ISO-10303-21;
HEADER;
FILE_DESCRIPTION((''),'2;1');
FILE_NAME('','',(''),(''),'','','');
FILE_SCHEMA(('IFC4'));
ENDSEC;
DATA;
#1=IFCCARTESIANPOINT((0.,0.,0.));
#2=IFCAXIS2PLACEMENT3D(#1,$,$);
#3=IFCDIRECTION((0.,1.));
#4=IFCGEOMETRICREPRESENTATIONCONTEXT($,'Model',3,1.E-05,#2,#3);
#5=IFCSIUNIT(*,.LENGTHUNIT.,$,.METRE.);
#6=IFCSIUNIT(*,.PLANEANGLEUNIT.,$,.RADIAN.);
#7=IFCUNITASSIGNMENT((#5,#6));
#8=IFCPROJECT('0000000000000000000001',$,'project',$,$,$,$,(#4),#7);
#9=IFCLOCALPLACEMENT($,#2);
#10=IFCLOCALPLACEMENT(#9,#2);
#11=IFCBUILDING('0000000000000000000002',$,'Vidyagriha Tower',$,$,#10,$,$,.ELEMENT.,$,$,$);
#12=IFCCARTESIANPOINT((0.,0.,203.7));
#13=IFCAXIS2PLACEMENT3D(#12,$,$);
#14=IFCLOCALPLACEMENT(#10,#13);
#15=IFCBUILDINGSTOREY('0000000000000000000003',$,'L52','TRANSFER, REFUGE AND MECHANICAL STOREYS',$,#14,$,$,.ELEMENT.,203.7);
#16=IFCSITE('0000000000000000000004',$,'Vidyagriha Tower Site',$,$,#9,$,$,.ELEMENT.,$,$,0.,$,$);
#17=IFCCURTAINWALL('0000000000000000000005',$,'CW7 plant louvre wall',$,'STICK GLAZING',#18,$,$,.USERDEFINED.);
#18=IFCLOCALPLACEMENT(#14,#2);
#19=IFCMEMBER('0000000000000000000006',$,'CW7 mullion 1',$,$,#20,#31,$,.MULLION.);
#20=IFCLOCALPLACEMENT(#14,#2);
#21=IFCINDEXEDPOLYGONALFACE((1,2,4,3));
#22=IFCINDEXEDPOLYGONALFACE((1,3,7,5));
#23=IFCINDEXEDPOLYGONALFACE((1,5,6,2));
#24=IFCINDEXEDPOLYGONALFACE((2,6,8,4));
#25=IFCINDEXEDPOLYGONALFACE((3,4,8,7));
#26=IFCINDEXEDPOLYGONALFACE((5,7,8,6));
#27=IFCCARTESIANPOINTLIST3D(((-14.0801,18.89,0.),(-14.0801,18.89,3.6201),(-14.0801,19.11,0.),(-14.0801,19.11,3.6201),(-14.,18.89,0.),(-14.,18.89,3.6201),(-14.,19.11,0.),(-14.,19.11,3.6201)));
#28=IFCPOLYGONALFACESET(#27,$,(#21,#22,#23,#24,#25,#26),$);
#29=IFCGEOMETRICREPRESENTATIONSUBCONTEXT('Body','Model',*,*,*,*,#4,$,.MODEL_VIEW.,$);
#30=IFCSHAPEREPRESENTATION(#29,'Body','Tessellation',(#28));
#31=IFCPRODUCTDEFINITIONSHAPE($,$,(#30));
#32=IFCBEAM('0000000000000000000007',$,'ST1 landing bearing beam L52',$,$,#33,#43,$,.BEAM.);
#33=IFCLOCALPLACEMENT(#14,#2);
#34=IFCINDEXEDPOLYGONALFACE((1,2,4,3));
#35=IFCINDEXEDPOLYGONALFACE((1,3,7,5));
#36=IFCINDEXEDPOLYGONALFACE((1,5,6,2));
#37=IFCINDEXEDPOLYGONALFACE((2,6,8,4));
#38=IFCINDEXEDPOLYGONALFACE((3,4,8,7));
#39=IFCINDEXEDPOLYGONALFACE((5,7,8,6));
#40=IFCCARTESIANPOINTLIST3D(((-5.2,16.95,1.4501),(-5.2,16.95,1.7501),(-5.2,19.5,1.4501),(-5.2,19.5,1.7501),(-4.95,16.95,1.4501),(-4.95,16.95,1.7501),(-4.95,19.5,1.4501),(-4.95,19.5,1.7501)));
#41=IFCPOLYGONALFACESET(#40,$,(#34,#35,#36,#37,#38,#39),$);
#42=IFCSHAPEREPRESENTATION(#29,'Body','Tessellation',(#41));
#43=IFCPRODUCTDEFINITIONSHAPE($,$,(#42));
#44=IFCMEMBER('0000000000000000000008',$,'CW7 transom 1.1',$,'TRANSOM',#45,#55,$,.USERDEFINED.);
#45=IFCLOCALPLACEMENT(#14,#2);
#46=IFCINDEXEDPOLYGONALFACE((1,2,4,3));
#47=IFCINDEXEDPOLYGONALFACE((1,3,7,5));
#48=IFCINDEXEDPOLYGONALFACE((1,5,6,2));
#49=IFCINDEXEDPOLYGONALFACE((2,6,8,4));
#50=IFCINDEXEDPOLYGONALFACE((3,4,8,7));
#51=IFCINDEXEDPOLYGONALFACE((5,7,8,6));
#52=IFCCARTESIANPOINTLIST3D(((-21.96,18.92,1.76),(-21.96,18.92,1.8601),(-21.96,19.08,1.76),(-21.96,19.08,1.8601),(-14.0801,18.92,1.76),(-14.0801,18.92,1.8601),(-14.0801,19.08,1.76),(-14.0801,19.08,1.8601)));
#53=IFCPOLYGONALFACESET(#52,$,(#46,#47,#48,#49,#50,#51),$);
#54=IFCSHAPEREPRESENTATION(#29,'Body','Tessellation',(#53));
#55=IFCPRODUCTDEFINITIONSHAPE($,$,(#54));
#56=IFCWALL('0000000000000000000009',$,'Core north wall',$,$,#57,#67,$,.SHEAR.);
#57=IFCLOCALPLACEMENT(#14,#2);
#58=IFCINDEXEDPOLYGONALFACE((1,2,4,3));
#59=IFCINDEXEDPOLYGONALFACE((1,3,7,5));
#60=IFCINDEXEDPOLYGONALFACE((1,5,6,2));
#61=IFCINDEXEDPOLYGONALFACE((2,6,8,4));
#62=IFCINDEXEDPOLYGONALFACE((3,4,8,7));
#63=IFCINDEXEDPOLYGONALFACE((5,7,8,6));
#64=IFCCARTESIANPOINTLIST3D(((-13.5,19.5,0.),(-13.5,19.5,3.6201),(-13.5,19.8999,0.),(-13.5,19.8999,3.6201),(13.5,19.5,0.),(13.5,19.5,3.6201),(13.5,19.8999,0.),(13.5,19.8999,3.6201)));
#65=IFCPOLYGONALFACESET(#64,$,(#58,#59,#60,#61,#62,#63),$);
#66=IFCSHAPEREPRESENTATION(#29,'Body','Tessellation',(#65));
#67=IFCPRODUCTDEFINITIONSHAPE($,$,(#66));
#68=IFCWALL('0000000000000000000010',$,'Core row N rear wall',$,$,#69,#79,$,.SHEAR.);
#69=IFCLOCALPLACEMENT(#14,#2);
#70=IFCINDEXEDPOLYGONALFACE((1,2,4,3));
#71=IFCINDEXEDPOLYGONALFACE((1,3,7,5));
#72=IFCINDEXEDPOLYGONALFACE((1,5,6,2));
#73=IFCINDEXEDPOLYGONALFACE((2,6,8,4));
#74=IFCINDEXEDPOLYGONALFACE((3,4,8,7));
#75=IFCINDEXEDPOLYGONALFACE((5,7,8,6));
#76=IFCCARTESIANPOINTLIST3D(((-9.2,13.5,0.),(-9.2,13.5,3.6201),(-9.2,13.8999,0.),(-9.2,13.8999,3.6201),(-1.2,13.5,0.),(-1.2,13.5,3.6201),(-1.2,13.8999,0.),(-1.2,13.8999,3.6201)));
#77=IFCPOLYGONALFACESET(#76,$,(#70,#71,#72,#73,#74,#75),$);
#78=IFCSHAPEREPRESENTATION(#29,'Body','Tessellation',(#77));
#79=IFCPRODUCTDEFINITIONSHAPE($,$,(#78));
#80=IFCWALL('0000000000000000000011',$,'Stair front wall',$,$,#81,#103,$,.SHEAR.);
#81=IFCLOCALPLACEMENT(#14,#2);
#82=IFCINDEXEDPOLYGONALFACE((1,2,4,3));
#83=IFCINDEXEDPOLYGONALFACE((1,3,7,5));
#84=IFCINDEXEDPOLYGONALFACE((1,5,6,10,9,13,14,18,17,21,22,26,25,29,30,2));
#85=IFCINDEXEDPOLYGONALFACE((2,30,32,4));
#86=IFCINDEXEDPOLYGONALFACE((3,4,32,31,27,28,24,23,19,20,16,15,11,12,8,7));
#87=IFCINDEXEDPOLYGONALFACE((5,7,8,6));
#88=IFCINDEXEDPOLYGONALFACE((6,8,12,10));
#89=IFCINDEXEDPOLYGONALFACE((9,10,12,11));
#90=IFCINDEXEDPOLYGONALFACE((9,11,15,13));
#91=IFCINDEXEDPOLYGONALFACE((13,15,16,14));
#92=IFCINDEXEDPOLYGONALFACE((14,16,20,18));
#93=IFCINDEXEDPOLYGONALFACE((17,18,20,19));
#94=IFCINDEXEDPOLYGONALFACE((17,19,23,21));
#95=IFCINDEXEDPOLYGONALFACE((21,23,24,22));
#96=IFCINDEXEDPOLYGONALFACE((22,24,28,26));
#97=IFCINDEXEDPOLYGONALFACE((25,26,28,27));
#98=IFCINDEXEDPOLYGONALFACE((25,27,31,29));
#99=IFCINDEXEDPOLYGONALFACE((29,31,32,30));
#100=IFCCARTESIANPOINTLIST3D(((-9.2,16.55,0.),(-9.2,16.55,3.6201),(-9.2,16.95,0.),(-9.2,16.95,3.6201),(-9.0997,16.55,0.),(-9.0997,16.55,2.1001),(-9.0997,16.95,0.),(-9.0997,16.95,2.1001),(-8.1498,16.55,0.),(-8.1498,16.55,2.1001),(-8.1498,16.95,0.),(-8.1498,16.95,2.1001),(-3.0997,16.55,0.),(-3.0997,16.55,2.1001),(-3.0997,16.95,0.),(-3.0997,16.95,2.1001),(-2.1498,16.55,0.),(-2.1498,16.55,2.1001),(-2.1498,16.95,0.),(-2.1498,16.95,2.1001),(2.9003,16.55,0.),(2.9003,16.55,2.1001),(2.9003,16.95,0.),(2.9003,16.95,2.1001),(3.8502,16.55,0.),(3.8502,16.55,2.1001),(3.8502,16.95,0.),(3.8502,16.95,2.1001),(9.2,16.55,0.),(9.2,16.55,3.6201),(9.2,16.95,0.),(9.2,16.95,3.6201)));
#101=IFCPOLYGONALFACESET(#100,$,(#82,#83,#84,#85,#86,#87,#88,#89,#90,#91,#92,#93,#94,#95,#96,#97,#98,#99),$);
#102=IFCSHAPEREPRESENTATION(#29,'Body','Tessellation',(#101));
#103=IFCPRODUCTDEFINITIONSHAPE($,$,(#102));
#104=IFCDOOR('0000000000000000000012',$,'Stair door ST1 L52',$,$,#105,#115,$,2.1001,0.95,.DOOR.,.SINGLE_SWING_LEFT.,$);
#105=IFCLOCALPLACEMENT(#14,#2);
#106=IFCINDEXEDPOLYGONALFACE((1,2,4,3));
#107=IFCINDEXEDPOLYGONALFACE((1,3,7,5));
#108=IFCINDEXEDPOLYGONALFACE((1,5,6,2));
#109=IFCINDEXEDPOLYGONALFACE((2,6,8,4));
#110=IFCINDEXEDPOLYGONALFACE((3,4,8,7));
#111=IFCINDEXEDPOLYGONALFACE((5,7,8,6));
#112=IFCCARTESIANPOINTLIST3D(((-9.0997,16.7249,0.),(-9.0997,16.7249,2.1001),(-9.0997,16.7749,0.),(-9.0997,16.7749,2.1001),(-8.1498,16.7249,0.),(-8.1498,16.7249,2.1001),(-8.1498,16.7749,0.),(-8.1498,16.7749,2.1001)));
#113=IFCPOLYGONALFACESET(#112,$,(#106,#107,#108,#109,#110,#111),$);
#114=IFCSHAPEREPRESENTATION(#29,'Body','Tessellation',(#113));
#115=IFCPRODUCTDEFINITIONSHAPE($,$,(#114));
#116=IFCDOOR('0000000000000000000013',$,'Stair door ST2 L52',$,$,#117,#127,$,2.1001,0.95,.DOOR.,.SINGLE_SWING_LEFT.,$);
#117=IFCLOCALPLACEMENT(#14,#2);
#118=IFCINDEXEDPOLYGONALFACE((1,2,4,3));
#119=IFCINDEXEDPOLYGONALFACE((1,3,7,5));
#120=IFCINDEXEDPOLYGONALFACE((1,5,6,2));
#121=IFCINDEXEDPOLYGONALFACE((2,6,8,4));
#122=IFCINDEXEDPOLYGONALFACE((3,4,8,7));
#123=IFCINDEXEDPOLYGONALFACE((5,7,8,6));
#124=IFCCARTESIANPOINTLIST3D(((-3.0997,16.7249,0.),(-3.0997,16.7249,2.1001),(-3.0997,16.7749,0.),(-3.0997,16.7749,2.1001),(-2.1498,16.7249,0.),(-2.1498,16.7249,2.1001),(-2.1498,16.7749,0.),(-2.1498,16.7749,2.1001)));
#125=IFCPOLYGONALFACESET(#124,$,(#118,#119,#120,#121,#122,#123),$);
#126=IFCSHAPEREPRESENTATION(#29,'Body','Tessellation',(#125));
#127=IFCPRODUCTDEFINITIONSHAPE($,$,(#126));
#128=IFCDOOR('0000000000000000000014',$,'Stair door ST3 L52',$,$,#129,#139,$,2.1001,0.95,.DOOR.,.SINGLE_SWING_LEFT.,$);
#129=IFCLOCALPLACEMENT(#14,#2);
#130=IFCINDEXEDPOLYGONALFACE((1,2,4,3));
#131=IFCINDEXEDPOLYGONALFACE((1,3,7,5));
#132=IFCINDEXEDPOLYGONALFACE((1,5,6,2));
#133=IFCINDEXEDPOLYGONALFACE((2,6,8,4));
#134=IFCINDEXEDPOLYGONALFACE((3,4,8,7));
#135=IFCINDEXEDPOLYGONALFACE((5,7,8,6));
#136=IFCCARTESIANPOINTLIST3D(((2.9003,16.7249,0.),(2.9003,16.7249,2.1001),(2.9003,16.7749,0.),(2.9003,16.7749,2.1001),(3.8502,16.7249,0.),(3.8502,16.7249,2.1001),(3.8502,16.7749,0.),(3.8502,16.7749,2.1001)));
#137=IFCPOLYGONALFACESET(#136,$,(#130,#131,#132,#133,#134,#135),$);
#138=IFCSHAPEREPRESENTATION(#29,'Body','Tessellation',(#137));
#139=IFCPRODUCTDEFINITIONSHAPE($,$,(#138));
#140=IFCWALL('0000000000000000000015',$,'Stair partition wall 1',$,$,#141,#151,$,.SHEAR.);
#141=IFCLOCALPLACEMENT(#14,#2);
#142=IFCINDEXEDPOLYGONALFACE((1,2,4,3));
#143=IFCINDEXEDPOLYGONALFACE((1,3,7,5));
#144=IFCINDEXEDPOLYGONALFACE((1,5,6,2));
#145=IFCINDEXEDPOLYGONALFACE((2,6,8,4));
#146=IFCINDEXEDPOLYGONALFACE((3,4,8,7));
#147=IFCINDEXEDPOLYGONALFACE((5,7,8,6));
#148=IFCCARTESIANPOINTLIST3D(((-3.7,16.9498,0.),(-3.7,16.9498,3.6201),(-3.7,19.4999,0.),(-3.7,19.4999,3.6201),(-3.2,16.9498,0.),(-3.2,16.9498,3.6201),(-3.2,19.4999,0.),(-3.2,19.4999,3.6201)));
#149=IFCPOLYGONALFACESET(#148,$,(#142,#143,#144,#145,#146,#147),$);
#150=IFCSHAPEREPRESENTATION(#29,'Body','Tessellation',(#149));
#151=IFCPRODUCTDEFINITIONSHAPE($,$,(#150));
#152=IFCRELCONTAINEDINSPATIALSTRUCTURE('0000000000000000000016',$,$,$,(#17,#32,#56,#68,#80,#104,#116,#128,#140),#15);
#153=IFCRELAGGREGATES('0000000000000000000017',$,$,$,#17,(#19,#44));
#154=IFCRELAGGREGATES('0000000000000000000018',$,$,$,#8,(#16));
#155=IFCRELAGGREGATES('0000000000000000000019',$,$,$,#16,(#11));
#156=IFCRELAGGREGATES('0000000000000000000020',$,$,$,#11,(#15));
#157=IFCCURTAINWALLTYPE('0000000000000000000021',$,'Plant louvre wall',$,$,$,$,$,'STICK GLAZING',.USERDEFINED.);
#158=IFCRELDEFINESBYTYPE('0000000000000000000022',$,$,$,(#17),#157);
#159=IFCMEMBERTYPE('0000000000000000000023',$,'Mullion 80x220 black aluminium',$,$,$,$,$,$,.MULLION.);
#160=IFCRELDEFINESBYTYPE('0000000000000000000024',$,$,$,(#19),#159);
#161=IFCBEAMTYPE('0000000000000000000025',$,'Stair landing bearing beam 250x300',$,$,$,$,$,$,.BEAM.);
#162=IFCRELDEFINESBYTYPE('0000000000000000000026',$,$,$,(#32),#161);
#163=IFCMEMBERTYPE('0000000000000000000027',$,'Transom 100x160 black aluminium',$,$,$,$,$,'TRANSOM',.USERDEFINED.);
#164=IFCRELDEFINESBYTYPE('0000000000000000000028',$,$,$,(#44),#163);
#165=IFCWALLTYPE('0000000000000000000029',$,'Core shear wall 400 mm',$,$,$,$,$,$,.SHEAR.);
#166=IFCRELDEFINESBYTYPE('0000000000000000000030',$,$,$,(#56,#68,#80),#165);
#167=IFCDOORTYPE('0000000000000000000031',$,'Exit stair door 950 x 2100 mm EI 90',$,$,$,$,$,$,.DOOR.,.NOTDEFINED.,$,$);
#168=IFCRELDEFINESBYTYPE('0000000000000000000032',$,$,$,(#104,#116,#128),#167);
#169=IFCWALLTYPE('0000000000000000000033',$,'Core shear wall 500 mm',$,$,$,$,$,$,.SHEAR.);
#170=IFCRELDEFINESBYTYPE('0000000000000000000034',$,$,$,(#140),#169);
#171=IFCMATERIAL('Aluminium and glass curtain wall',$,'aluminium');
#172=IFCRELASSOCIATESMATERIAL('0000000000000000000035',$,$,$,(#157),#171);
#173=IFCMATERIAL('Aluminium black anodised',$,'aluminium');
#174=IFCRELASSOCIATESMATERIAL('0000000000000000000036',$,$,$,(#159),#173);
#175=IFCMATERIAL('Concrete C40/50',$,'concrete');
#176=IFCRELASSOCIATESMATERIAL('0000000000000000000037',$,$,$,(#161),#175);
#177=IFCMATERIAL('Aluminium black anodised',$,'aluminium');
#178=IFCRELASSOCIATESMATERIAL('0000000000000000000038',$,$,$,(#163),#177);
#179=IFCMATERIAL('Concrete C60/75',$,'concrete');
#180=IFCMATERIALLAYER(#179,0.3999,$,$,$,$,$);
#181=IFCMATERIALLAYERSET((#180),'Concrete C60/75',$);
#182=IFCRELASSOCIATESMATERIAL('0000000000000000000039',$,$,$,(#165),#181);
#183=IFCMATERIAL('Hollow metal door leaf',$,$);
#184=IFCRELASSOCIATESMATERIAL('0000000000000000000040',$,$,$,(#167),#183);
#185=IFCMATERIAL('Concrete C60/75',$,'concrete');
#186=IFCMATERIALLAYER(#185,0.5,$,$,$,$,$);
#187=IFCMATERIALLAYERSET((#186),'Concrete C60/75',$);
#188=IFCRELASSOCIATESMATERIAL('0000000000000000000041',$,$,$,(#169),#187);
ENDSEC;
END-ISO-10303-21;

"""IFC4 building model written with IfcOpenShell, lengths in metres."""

from ifc_helpers import new_model, si_unit, direction, frame, frame_2d, origin, origin_2d, place, context, subcontext, project, spatial, rectangle, extrude, material, layer, layer_set, material_profile, profile_set, type_object, element, fill, aggregate, save


model = new_model("IFC4")

# Units and contexts
model_context = context("Model", 3, precision=1e-05, world=origin(), true_north=direction((0.0, 1.0)))
body_context = subcontext(model_context, "Body", "Model", "MODEL_VIEW")
ifc_project = project(units=[si_unit("LENGTHUNIT", "METRE"), si_unit("PLANEANGLEUNIT", "RADIAN")], contexts=[model_context])

# Site, building, storey
site_placement = place(None, origin())
site = spatial("IfcSite", under=ifc_project, at=site_placement, Name="Vidyagriha Tower Site", CompositionType="ELEMENT", RefElevation=0.0)
building_placement = place(site_placement, origin())
building = spatial("IfcBuilding", under=site, at=building_placement, Name="Vidyagriha Tower", CompositionType="ELEMENT")
storey_placement = place(building_placement, frame((0.0, 0.0, 203.7)))
storey = spatial("IfcBuildingStorey", under=building, at=storey_placement, Name="L52", Description="TRANSFER, REFUGE AND MECHANICAL STOREYS", CompositionType="ELEMENT", Elevation=203.7)

# Curtain wall, member
ifc_material_1 = material(Name="Aluminium and glass curtain wall", Category="aluminium")
curtain_wall_type = type_object("IfcCurtainWallType", Name="Plant louvre wall", ElementType="STICK GLAZING", PredefinedType="USERDEFINED", material=ifc_material_1)
curtain_wall_placement = place(storey_placement, origin())
curtain_wall = element("IfcCurtainWall", 1, at=curtain_wall_placement, inside=storey, type_object=curtain_wall_type, Name="CW7 plant louvre wall", ObjectType="STICK GLAZING", PredefinedType="USERDEFINED")
ifc_material_2 = material(Name="Aluminium black anodised", Category="aluminium")
ifc_material_profile_1 = material_profile(ifc_material_2, rectangle(XDim=0.22, YDim=0.0801, at=origin_2d()), Name="Mullion 80x220 black aluminium")
ifc_profile_set_1 = profile_set([ifc_material_profile_1], Name="Aluminium black anodised")
member_type_1 = type_object("IfcMemberType", Name="Mullion 80x220 black aluminium", PredefinedType="MULLION", material=ifc_profile_set_1)
member_1_placement = place(storey_placement, frame((-14.04, 19.0, 0.0), z_axis=(0.0, 0.0, 1.0), x_axis=(0.0, -1.0, 0.0)))
member_1 = element("IfcMember", 2, at=member_1_placement, type_object=member_type_1, Name="CW7 mullion 1", PredefinedType="MULLION", context=body_context, shape_type="SweptSolid", body=[
    extrude(rectangle(XDim=0.22, YDim=0.0801, at=origin_2d()), origin(), (0.0, 0.0, 1.0), 3.6201),
])

# Beam
ifc_material_3 = material(Name="Concrete C40/50", Category="concrete")
ifc_material_profile_2 = material_profile(ifc_material_3, rectangle(XDim=0.25, YDim=0.3, at=origin_2d()), Name="Stair landing bearing beam 250x300")
ifc_profile_set_2 = profile_set([ifc_material_profile_2], Name="Concrete C40/50")
beam_type = type_object("IfcBeamType", Name="Stair landing bearing beam 250x300", PredefinedType="BEAM", material=ifc_profile_set_2)
beam_placement = place(storey_placement, frame((-5.075, 16.95, 1.6001), z_axis=(0.0, 1.0, 0.0), x_axis=(-1.0, 0.0, 0.0)))
element("IfcBeam", 3, at=beam_placement, inside=storey, type_object=beam_type, Name="ST1 landing bearing beam L52", PredefinedType="BEAM", context=body_context, shape_type="SweptSolid", body=[
    extrude(rectangle(XDim=0.25, YDim=0.3, at=origin_2d()), origin(), (0.0, 0.0, 1.0), 2.55),
])

# Member
ifc_material_4 = material(Name="Aluminium black anodised", Category="aluminium")
ifc_material_profile_3 = material_profile(ifc_material_4, rectangle(XDim=0.1599, YDim=0.1001, at=origin_2d()), Name="Transom 100x160 black aluminium")
ifc_profile_set_3 = profile_set([ifc_material_profile_3], Name="Aluminium black anodised")
member_type_2 = type_object("IfcMemberType", Name="Transom 100x160 black aluminium", ElementType="TRANSOM", PredefinedType="USERDEFINED", material=ifc_profile_set_3)
member_2_placement = place(storey_placement, frame((-14.0801, 19.0, 1.8101), z_axis=(-1.0, 0.0, 0.0), x_axis=(0.0, -1.0, 0.0)))
member_2 = element("IfcMember", 4, at=member_2_placement, type_object=member_type_2, Name="CW7 transom 1.1", ObjectType="TRANSOM", PredefinedType="USERDEFINED", context=body_context, shape_type="SweptSolid", body=[
    extrude(rectangle(XDim=0.1599, YDim=0.1001, at=origin_2d()), origin(), (0.0, 0.0, 1.0), 7.8799),
])
aggregate(curtain_wall, [member_1, member_2])

# Walls
ifc_material_5 = material(Name="Concrete C60/75", Category="concrete")
ifc_layer_1 = layer(ifc_material_5, 0.3999)
ifc_layer_set_1 = layer_set([ifc_layer_1], Name="Concrete C60/75")
wall_type_1 = type_object("IfcWallType", Name="Core shear wall 400 mm", PredefinedType="SHEAR", material=ifc_layer_set_1)
wall_1_placement = place(storey_placement, frame((-13.5, 19.7, 0.0)))
element("IfcWall", 5, at=wall_1_placement, inside=storey, type_object=wall_type_1, Name="Core north wall", PredefinedType="SHEAR", context=body_context, shape_type="SweptSolid", body=[
    extrude(rectangle(XDim=27.0, YDim=0.3999, at=frame_2d((13.5, 0.0))), origin(), (0.0, 0.0, 1.0), 3.6201),
])
wall_2_placement = place(storey_placement, frame((-9.2, 13.7, 0.0)))
element("IfcWall", 6, at=wall_2_placement, inside=storey, type_object=wall_type_1, Name="Core row N rear wall", PredefinedType="SHEAR", context=body_context, shape_type="SweptSolid", body=[
    extrude(rectangle(XDim=8.0, YDim=0.3999, at=frame_2d((4.0, 0.0))), origin(), (0.0, 0.0, 1.0), 3.6201),
])

# Wall, openings, doors
wall_3_placement = place(storey_placement, frame((-9.2, 16.75, 0.0)))
wall_3 = element("IfcWall", 7, at=wall_3_placement, inside=storey, type_object=wall_type_1, Name="Stair front wall", PredefinedType="SHEAR", context=body_context, shape_type="SweptSolid", body=[
    extrude(rectangle(XDim=18.3999, YDim=0.3999, at=frame_2d((9.2, 0.0))), origin(), (0.0, 0.0, 1.0), 3.6201),
])
opening_1_placement = place(wall_3_placement, frame((0.1001, 0.0, 0.0)))
opening_1 = element("IfcOpeningElement", 8, at=opening_1_placement, cuts=wall_3, PredefinedType="OPENING", context=body_context, shape_type="SweptSolid", body=[
    extrude(rectangle(XDim=0.95, YDim=2.1001, at=frame_2d((0.4751, 1.05))), frame((0.0, 0.21, 0.0), z_axis=(0.0, -1.0, 0.0), x_axis=(1.0, 0.0, 0.0)), (0.0, 0.0, 1.0), 0.4199),
])
opening_2_placement = place(wall_3_placement, frame((6.1001, 0.0, 0.0)))
opening_2 = element("IfcOpeningElement", 9, at=opening_2_placement, cuts=wall_3, PredefinedType="OPENING", context=body_context, shape_type="SweptSolid", body=[
    extrude(rectangle(XDim=0.95, YDim=2.1001, at=frame_2d((0.4751, 1.05))), frame((0.0, 0.21, 0.0), z_axis=(0.0, -1.0, 0.0), x_axis=(1.0, 0.0, 0.0)), (0.0, 0.0, 1.0), 0.4199),
])
opening_3_placement = place(wall_3_placement, frame((12.1001, 0.0, 0.0)))
opening_3 = element("IfcOpeningElement", 10, at=opening_3_placement, cuts=wall_3, PredefinedType="OPENING", context=body_context, shape_type="SweptSolid", body=[
    extrude(rectangle(XDim=0.95, YDim=2.1001, at=frame_2d((0.4751, 1.05))), frame((0.0, 0.21, 0.0), z_axis=(0.0, -1.0, 0.0), x_axis=(1.0, 0.0, 0.0)), (0.0, 0.0, 1.0), 0.4199),
])
ifc_material_6 = material(Name="Hollow metal door leaf")
door_type = type_object("IfcDoorType", Name="Exit stair door 950 x 2100 mm EI 90", OperationType="NOTDEFINED", PredefinedType="DOOR", material=ifc_material_6)
door_1_placement = place(opening_1_placement, origin())
door_1 = element("IfcDoor", 11, at=door_1_placement, inside=storey, type_object=door_type, Name="Stair door ST1 L52", OperationType="SINGLE_SWING_LEFT", OverallHeight=2.1001, OverallWidth=0.95, PredefinedType="DOOR", context=body_context, shape_type="SweptSolid", body=[
    extrude(rectangle(XDim=0.95, YDim=2.1001, at=frame_2d((0.4751, 1.05))), frame((0.0, 0.0249, 0.0), z_axis=(0.0, -1.0, 0.0), x_axis=(1.0, 0.0, 0.0)), (0.0, 0.0, 1.0), 0.05),
])
fill(opening_1, door_1)
door_2_placement = place(opening_2_placement, origin())
door_2 = element("IfcDoor", 12, at=door_2_placement, inside=storey, type_object=door_type, Name="Stair door ST2 L52", OperationType="SINGLE_SWING_LEFT", OverallHeight=2.1001, OverallWidth=0.95, PredefinedType="DOOR", context=body_context, shape_type="SweptSolid", body=[
    extrude(rectangle(XDim=0.95, YDim=2.1001, at=frame_2d((0.4751, 1.05))), frame((0.0, 0.0249, 0.0), z_axis=(0.0, -1.0, 0.0), x_axis=(1.0, 0.0, 0.0)), (0.0, 0.0, 1.0), 0.05),
])
fill(opening_2, door_2)
door_3_placement = place(opening_3_placement, origin())
door_3 = element("IfcDoor", 13, at=door_3_placement, inside=storey, type_object=door_type, Name="Stair door ST3 L52", OperationType="SINGLE_SWING_LEFT", OverallHeight=2.1001, OverallWidth=0.95, PredefinedType="DOOR", context=body_context, shape_type="SweptSolid", body=[
    extrude(rectangle(XDim=0.95, YDim=2.1001, at=frame_2d((0.4751, 1.05))), frame((0.0, 0.0249, 0.0), z_axis=(0.0, -1.0, 0.0), x_axis=(1.0, 0.0, 0.0)), (0.0, 0.0, 1.0), 0.05),
])
fill(opening_3, door_3)

# Wall
ifc_material_7 = material(Name="Concrete C60/75", Category="concrete")
ifc_layer_2 = layer(ifc_material_7, 0.5)
ifc_layer_set_2 = layer_set([ifc_layer_2], Name="Concrete C60/75")
wall_type_2 = type_object("IfcWallType", Name="Core shear wall 500 mm", PredefinedType="SHEAR", material=ifc_layer_set_2)
wall_4_placement = place(storey_placement, frame((-3.45, 16.95, 0.0), z_axis=(0.0, 0.0, 1.0), x_axis=(0.0, 1.0, 0.0)))
element("IfcWall", 14, at=wall_4_placement, inside=storey, type_object=wall_type_2, Name="Stair partition wall 1", PredefinedType="SHEAR", context=body_context, shape_type="SweptSolid", body=[
    extrude(rectangle(XDim=2.55, YDim=0.5, at=frame_2d((1.2749, 0.0))), origin(), (0.0, 0.0, 1.0), 3.6201),
])

save(model, "model.ifc")
